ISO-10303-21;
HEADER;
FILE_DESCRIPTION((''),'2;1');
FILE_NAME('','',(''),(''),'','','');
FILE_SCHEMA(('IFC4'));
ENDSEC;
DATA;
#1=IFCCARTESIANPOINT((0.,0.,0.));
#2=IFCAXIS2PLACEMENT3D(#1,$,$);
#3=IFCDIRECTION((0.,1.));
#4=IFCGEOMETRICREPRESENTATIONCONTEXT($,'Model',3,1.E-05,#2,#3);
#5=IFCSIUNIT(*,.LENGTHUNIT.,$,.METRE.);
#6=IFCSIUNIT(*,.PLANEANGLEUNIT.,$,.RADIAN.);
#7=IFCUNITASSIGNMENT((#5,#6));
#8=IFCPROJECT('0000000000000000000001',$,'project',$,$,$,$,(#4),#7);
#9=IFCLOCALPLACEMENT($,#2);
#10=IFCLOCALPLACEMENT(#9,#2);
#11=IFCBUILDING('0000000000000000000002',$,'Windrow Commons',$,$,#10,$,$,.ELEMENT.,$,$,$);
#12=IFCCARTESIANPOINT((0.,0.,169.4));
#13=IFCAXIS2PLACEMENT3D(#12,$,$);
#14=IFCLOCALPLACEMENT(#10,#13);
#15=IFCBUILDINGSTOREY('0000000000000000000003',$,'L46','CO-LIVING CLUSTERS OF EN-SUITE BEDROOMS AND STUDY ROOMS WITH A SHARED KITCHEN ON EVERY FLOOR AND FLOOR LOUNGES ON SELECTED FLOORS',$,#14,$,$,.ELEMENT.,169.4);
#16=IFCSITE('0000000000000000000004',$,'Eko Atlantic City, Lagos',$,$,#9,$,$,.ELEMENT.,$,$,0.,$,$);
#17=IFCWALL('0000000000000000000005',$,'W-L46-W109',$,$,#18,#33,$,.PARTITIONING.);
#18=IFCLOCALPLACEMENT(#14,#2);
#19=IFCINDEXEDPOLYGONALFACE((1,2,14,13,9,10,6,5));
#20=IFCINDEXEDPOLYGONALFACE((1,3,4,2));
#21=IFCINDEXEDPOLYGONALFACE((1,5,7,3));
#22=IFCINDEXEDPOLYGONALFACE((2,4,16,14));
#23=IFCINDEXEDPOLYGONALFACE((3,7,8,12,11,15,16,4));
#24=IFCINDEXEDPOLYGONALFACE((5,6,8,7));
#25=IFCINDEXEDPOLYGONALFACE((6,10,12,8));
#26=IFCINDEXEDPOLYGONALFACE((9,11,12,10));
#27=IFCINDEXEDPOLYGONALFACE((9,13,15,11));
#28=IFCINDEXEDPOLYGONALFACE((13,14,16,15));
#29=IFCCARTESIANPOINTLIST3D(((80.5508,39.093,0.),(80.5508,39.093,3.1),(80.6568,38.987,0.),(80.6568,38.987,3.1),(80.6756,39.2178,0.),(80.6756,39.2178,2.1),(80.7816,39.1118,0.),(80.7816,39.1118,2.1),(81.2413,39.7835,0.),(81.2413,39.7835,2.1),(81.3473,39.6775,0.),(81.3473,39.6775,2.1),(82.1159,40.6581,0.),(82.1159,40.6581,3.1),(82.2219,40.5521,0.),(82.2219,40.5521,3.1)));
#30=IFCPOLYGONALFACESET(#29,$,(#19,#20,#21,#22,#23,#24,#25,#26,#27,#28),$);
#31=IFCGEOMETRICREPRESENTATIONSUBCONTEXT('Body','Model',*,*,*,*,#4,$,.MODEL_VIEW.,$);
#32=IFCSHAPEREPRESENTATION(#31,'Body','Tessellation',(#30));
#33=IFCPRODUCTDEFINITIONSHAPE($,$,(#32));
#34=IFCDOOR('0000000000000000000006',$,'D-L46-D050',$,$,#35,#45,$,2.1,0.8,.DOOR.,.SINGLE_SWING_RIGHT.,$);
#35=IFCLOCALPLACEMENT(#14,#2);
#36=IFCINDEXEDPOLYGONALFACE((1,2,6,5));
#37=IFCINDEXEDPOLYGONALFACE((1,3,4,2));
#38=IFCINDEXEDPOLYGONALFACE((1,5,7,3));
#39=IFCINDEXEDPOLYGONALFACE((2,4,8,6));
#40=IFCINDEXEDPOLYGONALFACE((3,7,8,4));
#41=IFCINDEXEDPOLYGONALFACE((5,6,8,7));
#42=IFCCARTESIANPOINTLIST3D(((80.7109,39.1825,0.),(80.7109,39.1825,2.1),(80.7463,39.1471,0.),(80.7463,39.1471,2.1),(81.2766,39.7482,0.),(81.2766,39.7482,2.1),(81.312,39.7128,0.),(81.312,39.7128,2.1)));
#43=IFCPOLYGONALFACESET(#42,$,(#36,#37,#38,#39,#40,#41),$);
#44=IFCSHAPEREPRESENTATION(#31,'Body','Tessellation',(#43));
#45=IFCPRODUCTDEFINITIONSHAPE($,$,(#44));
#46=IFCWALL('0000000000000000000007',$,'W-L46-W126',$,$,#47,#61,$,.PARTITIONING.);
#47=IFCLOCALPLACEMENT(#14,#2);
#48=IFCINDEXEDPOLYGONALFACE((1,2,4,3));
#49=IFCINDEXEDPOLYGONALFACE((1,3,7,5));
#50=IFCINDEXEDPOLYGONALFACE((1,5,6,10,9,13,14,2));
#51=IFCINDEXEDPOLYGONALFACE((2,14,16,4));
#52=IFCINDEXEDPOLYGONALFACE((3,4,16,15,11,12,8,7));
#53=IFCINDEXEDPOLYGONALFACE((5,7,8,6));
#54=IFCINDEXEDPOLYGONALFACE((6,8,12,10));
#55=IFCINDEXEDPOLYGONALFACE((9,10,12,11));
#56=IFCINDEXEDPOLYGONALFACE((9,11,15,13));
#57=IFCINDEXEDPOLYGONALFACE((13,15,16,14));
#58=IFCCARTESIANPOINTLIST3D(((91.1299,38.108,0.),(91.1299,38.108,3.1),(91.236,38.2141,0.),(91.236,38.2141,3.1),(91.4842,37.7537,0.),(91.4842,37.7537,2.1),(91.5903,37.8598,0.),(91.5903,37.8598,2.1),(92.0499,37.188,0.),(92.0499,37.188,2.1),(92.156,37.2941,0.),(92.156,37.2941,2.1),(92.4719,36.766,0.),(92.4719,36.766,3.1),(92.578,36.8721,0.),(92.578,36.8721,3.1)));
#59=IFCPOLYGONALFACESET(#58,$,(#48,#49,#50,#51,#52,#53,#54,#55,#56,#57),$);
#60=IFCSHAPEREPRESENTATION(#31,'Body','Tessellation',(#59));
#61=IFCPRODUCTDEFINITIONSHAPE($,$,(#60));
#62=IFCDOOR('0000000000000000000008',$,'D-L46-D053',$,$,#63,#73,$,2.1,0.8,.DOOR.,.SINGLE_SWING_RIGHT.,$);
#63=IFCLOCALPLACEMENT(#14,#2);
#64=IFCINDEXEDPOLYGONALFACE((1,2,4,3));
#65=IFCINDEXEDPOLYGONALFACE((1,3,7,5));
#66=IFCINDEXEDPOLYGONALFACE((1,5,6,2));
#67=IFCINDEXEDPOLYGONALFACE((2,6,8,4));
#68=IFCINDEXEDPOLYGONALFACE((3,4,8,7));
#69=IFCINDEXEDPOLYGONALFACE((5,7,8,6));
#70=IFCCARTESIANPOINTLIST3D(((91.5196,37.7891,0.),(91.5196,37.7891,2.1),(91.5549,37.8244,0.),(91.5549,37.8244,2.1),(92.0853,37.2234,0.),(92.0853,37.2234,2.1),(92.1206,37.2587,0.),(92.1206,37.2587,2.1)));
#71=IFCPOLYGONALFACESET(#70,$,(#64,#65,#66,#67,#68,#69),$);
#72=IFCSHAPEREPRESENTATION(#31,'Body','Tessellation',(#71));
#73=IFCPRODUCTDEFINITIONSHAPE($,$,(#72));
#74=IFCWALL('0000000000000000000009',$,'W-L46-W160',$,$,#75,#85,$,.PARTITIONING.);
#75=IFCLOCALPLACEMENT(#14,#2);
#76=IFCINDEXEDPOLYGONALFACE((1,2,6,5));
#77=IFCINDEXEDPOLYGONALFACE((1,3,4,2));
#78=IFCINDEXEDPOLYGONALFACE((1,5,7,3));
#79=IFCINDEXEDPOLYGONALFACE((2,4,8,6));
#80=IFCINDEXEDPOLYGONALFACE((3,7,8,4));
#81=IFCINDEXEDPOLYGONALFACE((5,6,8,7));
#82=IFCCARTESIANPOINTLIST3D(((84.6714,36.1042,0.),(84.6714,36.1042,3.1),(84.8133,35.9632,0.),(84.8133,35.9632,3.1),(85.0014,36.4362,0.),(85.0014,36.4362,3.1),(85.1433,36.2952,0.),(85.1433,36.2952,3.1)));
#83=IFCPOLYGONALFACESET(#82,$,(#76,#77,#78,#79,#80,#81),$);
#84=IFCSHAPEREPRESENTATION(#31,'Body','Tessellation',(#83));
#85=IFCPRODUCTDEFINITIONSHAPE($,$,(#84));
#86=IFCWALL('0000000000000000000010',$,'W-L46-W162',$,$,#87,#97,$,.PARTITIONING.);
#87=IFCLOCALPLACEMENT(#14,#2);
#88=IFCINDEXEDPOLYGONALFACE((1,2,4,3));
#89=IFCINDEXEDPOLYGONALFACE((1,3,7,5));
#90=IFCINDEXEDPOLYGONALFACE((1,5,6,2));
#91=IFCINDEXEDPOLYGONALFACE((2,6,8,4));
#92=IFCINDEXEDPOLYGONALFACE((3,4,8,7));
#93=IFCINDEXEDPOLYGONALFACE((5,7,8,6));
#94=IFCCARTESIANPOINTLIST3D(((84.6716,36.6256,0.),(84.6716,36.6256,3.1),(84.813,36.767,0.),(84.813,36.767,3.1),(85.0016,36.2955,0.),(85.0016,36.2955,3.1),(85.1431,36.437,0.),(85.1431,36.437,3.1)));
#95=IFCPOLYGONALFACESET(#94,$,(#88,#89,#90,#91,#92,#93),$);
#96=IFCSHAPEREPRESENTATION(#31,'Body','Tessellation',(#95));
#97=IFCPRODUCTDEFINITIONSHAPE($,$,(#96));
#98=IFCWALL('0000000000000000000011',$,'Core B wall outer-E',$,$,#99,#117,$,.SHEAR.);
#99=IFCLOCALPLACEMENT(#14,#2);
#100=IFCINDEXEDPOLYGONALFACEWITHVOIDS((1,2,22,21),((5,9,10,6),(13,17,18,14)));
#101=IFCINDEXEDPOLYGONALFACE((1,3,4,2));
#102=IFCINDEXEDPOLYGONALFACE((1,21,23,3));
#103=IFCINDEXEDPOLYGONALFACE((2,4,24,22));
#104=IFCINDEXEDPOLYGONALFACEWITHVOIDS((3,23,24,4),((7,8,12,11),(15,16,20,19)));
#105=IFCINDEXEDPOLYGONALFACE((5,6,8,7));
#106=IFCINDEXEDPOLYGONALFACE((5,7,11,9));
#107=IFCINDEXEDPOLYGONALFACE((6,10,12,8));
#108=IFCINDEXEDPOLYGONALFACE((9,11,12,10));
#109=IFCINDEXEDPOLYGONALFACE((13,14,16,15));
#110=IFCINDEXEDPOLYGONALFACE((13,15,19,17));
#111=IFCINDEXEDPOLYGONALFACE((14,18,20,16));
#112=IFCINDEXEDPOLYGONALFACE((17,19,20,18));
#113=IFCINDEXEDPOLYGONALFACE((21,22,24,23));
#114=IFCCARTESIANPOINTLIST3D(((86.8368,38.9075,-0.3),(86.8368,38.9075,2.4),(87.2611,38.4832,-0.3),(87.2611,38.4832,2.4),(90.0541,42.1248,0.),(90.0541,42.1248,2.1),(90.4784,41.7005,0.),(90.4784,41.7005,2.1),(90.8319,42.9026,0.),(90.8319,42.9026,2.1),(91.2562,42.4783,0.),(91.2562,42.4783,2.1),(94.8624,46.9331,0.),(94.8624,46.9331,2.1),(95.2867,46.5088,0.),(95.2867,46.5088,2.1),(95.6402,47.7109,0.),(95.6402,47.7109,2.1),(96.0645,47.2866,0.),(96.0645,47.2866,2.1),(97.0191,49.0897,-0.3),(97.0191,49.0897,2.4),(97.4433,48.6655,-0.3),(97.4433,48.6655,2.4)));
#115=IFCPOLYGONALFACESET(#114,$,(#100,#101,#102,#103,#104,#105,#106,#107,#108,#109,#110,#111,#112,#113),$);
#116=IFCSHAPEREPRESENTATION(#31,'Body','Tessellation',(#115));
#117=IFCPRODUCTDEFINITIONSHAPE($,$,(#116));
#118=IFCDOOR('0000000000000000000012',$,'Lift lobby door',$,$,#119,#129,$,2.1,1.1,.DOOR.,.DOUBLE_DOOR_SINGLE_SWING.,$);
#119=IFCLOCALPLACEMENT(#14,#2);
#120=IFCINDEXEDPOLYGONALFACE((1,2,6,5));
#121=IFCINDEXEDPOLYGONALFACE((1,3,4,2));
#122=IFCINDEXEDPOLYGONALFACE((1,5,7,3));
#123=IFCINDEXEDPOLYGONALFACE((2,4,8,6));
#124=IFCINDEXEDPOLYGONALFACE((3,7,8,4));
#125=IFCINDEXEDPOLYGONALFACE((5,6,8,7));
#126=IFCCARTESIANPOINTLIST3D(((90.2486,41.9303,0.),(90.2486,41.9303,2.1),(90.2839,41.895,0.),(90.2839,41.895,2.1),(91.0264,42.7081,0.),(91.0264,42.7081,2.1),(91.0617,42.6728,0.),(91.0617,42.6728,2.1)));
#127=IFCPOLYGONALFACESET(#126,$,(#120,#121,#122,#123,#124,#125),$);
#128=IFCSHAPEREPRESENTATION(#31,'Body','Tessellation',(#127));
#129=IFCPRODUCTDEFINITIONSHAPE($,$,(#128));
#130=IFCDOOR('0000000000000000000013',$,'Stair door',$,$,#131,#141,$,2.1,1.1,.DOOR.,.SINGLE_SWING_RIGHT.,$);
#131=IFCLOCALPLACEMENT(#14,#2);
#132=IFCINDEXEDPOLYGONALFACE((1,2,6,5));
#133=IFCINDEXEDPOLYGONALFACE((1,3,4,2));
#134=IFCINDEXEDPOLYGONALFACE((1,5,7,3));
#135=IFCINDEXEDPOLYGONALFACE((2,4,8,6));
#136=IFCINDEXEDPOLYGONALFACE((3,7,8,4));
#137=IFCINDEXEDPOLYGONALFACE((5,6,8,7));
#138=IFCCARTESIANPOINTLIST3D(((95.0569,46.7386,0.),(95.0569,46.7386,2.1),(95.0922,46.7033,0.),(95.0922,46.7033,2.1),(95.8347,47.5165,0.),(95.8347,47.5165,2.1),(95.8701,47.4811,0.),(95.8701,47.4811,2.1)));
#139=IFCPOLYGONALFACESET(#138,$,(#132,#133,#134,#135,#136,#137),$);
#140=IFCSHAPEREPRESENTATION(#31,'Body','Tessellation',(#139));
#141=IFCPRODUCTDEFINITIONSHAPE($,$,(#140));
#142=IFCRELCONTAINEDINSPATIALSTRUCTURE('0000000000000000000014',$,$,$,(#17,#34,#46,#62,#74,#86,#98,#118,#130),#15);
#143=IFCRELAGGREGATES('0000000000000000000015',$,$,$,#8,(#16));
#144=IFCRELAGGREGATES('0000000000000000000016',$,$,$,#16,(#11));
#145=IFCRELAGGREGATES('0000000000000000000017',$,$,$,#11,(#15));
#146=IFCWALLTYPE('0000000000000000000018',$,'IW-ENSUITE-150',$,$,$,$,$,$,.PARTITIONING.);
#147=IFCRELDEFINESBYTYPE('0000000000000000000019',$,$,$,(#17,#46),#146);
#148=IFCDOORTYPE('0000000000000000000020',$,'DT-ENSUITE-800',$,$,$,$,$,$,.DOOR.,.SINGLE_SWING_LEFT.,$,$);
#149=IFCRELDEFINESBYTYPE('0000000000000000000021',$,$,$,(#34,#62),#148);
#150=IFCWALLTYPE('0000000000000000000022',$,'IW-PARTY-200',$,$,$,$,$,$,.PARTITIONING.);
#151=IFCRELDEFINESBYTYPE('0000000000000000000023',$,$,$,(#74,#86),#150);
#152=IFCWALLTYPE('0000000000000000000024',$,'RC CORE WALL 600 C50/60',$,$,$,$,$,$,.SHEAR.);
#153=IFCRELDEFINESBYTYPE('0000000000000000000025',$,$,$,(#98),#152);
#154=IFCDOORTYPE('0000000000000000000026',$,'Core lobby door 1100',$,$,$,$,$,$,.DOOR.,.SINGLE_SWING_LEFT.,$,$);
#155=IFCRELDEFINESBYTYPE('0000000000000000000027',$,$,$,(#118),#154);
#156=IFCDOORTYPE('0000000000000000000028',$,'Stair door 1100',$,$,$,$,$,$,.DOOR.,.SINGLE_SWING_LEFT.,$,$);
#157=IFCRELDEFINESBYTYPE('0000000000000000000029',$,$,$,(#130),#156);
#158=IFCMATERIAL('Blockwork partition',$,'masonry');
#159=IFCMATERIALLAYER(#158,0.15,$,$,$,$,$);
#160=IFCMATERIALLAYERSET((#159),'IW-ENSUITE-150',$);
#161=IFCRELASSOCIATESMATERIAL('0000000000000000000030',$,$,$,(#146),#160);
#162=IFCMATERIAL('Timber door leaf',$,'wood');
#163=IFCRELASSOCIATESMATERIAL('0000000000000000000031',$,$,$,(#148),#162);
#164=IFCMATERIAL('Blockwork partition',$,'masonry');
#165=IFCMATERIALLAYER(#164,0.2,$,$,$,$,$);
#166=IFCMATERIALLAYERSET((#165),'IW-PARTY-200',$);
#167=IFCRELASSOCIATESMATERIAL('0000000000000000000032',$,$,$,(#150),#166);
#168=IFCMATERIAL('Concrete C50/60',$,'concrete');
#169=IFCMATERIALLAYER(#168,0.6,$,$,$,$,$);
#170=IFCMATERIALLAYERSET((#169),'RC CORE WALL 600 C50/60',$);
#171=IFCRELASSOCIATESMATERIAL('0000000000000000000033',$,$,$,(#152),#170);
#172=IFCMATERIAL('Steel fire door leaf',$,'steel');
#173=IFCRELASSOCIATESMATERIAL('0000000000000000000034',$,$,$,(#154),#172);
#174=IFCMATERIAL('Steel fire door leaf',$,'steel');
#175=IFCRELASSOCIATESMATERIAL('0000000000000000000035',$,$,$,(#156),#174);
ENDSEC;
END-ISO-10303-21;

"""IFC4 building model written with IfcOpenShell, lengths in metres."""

from ifc_helpers import new_model, si_unit, direction, frame, frame_2d, origin, place, context, subcontext, project, spatial, rectangle, extrude, material, layer, layer_set, type_object, element, fill, save


model = new_model("IFC4")

# Units and contexts
model_context = context("Model", 3, precision=1e-05, world=origin(), true_north=direction((0.0, 1.0)))
body_context = subcontext(model_context, "Body", "Model", "MODEL_VIEW")
ifc_project = project(units=[si_unit("LENGTHUNIT", "METRE"), si_unit("PLANEANGLEUNIT", "RADIAN")], contexts=[model_context])

# Site, building, storey
site_placement = place(None, origin())
site = spatial("IfcSite", under=ifc_project, at=site_placement, Name="Eko Atlantic City, Lagos", CompositionType="ELEMENT", RefElevation=0.0)
building_placement = place(site_placement, origin())
building = spatial("IfcBuilding", under=site, at=building_placement, Name="Windrow Commons", CompositionType="ELEMENT")
storey_placement = place(building_placement, frame((0.0, 0.0, 169.4)))
storey = spatial("IfcBuildingStorey", under=building, at=storey_placement, Name="L46", Description="CO-LIVING CLUSTERS OF EN-SUITE BEDROOMS AND STUDY ROOMS WITH A SHARED KITCHEN ON EVERY FLOOR AND FLOOR LOUNGES ON SELECTED FLOORS", CompositionType="ELEMENT", Elevation=169.4)

# Shared definitions
ifc_material_1 = material(Name="Blockwork partition", Category="masonry")
ifc_layer_1 = layer(ifc_material_1, 0.15)
ifc_layer_set_1 = layer_set([ifc_layer_1], Name="IW-ENSUITE-150")
wall_type_1 = type_object("IfcWallType", Name="IW-ENSUITE-150", PredefinedType="PARTITIONING", material=ifc_layer_set_1)

# Walls, openings, doors
wall_1_placement = place(storey_placement, frame((80.6038, 39.04, 0.0), z_axis=(0.0, 0.0, 1.0), x_axis=(0.707107, 0.707107, 0.0)))
wall_1 = element("IfcWall", 1, at=wall_1_placement, inside=storey, type_object=wall_type_1, Name="W-L46-W109", PredefinedType="PARTITIONING", context=body_context, shape_type="SweptSolid", body=[
    extrude(rectangle(XDim=2.2134, YDim=0.15, at=frame_2d((1.1067, 0.0))), origin(), (0.0, 0.0, 1.0), 3.1),
])
opening_1_placement = place(wall_1_placement, frame((0.1765, 0.0, 0.0)))
opening_1 = element("IfcOpeningElement", 2, at=opening_1_placement, cuts=wall_1, PredefinedType="OPENING", context=body_context, shape_type="SweptSolid", body=[
    extrude(rectangle(XDim=0.8, YDim=2.1, at=frame_2d((0.4, 1.05))), frame((0.0, 0.085, 0.0), z_axis=(0.0, -1.0, 0.0), x_axis=(1.0, 0.0, 0.0)), (0.0, 0.0, 1.0), 0.17),
])
ifc_material_2 = material(Name="Timber door leaf", Category="wood")
door_type_1 = type_object("IfcDoorType", Name="DT-ENSUITE-800", OperationType="SINGLE_SWING_LEFT", PredefinedType="DOOR", material=ifc_material_2)
door_1_placement = place(opening_1_placement, origin())
door_1 = element("IfcDoor", 3, at=door_1_placement, inside=storey, type_object=door_type_1, Name="D-L46-D050", OperationType="SINGLE_SWING_RIGHT", OverallHeight=2.1, OverallWidth=0.8, PredefinedType="DOOR", context=body_context, shape_type="SweptSolid", body=[
    extrude(rectangle(XDim=0.8, YDim=2.1, at=frame_2d((0.4, 1.05))), frame((0.0, 0.025, 0.0), z_axis=(0.0, -1.0, 0.0), x_axis=(1.0, 0.0, 0.0)), (0.0, 0.0, 1.0), 0.05),
])
fill(opening_1, door_1)
wall_2_placement = place(storey_placement, frame((91.183, 38.161, 0.0), z_axis=(0.0, 0.0, 1.0), x_axis=(0.707107, -0.707107, 0.0)))
wall_2 = element("IfcWall", 4, at=wall_2_placement, inside=storey, type_object=wall_type_1, Name="W-L46-W126", PredefinedType="PARTITIONING", context=body_context, shape_type="SweptSolid", body=[
    extrude(rectangle(XDim=1.8979, YDim=0.15, at=frame_2d((0.9489, 0.0))), origin(), (0.0, 0.0, 1.0), 3.1),
])
opening_2_placement = place(wall_2_placement, frame((0.501, 0.0, 0.0)))
opening_2 = element("IfcOpeningElement", 5, at=opening_2_placement, cuts=wall_2, PredefinedType="OPENING", context=body_context, shape_type="SweptSolid", body=[
    extrude(rectangle(XDim=0.8, YDim=2.1, at=frame_2d((0.4, 1.05))), frame((0.0, 0.085, 0.0), z_axis=(0.0, -1.0, 0.0), x_axis=(1.0, 0.0, 0.0)), (0.0, 0.0, 1.0), 0.17),
])
door_2_placement = place(opening_2_placement, origin())
door_2 = element("IfcDoor", 6, at=door_2_placement, inside=storey, type_object=door_type_1, Name="D-L46-D053", OperationType="SINGLE_SWING_RIGHT", OverallHeight=2.1, OverallWidth=0.8, PredefinedType="DOOR", context=body_context, shape_type="SweptSolid", body=[
    extrude(rectangle(XDim=0.8, YDim=2.1, at=frame_2d((0.4, 1.05))), frame((0.0, 0.025, 0.0), z_axis=(0.0, -1.0, 0.0), x_axis=(1.0, 0.0, 0.0)), (0.0, 0.0, 1.0), 0.05),
])
fill(opening_2, door_2)

# Walls
ifc_material_3 = material(Name="Blockwork partition", Category="masonry")
ifc_layer_2 = layer(ifc_material_3, 0.2)
ifc_layer_set_2 = layer_set([ifc_layer_2], Name="IW-PARTY-200")
wall_type_2 = type_object("IfcWallType", Name="IW-PARTY-200", PredefinedType="PARTITIONING", material=ifc_layer_set_2)
wall_3_placement = place(storey_placement, frame((84.7423, 36.0337, 0.0), z_axis=(0.0, 0.0, 1.0), x_axis=(0.704967, 0.70924, 0.0)))
element("IfcWall", 7, at=wall_3_placement, inside=storey, type_object=wall_type_2, Name="W-L46-W160", PredefinedType="PARTITIONING", context=body_context, shape_type="SweptSolid", body=[
    extrude(rectangle(XDim=0.4681, YDim=0.2, at=frame_2d((0.2341, 0.0))), origin(), (0.0, 0.0, 1.0), 3.1),
])
wall_4_placement = place(storey_placement, frame((84.7423, 36.6963, 0.0), z_axis=(0.0, 0.0, 1.0), x_axis=(0.707107, -0.707107, 0.0)))
element("IfcWall", 8, at=wall_4_placement, inside=storey, type_object=wall_type_2, Name="W-L46-W162", PredefinedType="PARTITIONING", context=body_context, shape_type="SweptSolid", body=[
    extrude(rectangle(XDim=0.4667, YDim=0.2, at=frame_2d((0.2334, 0.0))), origin(), (0.0, 0.0, 1.0), 3.1),
])

# Wall, openings, doors
ifc_material_4 = material(Name="Concrete C50/60", Category="concrete")
ifc_layer_3 = layer(ifc_material_4, 0.6)
ifc_layer_set_3 = layer_set([ifc_layer_3], Name="RC CORE WALL 600 C50/60")
wall_type_3 = type_object("IfcWallType", Name="RC CORE WALL 600 C50/60", PredefinedType="SHEAR", material=ifc_layer_set_3)
wall_5_placement = place(storey_placement, frame((87.0489, 38.6953, -0.3), z_axis=(0.0, 0.0, 1.0), x_axis=(0.707107, 0.707107, 0.0)))
wall_5 = element("IfcWall", 9, at=wall_5_placement, inside=storey, type_object=wall_type_3, Name="Core B wall outer-E", PredefinedType="SHEAR", context=body_context, shape_type="SweptSolid", body=[
    extrude(rectangle(XDim=14.3999, YDim=0.6, at=frame_2d((7.2, 0.0))), origin(), (0.0, 0.0, 1.0), 2.7),
])
opening_3_placement = place(wall_5_placement, frame((4.55, 0.0, 0.3)))
opening_3 = element("IfcOpeningElement", 10, at=opening_3_placement, cuts=wall_5, PredefinedType="OPENING", context=body_context, shape_type="SweptSolid", body=[
    extrude(rectangle(XDim=1.1, YDim=2.1, at=frame_2d((0.55, 1.05))), frame((0.0, 0.31, 0.0), z_axis=(0.0, -1.0, 0.0), x_axis=(1.0, 0.0, 0.0)), (0.0, 0.0, 1.0), 0.62),
])
opening_4_placement = place(wall_5_placement, frame((11.35, 0.0, 0.3)))
opening_4 = element("IfcOpeningElement", 11, at=opening_4_placement, cuts=wall_5, PredefinedType="OPENING", context=body_context, shape_type="SweptSolid", body=[
    extrude(rectangle(XDim=1.1, YDim=2.1, at=frame_2d((0.55, 1.05))), frame((0.0, 0.31, 0.0), z_axis=(0.0, -1.0, 0.0), x_axis=(1.0, 0.0, 0.0)), (0.0, 0.0, 1.0), 0.62),
])
ifc_material_5 = material(Name="Steel fire door leaf", Category="steel")
door_type_2 = type_object("IfcDoorType", Name="Core lobby door 1100", OperationType="SINGLE_SWING_LEFT", PredefinedType="DOOR", material=ifc_material_5)
door_3_placement = place(opening_3_placement, origin())
door_3 = element("IfcDoor", 12, at=door_3_placement, inside=storey, type_object=door_type_2, Name="Lift lobby door", OperationType="DOUBLE_DOOR_SINGLE_SWING", OverallHeight=2.1, OverallWidth=1.1, PredefinedType="DOOR", context=body_context, shape_type="SweptSolid", body=[
    extrude(rectangle(XDim=1.1, YDim=2.1, at=frame_2d((0.55, 1.05))), frame((0.0, 0.025, 0.0), z_axis=(0.0, -1.0, 0.0), x_axis=(1.0, 0.0, 0.0)), (0.0, 0.0, 1.0), 0.05),
])
fill(opening_3, door_3)
ifc_material_6 = material(Name="Steel fire door leaf", Category="steel")
door_type_3 = type_object("IfcDoorType", Name="Stair door 1100", OperationType="SINGLE_SWING_LEFT", PredefinedType="DOOR", material=ifc_material_6)
door_4_placement = place(opening_4_placement, origin())
door_4 = element("IfcDoor", 13, at=door_4_placement, inside=storey, type_object=door_type_3, Name="Stair door", OperationType="SINGLE_SWING_RIGHT", OverallHeight=2.1, OverallWidth=1.1, PredefinedType="DOOR", context=body_context, shape_type="SweptSolid", body=[
    extrude(rectangle(XDim=1.1, YDim=2.1, at=frame_2d((0.55, 1.05))), frame((0.0, 0.025, 0.0), z_axis=(0.0, -1.0, 0.0), x_axis=(1.0, 0.0, 0.0)), (0.0, 0.0, 1.0), 0.05),
])
fill(opening_4, door_4)

save(model, "model.ifc")
